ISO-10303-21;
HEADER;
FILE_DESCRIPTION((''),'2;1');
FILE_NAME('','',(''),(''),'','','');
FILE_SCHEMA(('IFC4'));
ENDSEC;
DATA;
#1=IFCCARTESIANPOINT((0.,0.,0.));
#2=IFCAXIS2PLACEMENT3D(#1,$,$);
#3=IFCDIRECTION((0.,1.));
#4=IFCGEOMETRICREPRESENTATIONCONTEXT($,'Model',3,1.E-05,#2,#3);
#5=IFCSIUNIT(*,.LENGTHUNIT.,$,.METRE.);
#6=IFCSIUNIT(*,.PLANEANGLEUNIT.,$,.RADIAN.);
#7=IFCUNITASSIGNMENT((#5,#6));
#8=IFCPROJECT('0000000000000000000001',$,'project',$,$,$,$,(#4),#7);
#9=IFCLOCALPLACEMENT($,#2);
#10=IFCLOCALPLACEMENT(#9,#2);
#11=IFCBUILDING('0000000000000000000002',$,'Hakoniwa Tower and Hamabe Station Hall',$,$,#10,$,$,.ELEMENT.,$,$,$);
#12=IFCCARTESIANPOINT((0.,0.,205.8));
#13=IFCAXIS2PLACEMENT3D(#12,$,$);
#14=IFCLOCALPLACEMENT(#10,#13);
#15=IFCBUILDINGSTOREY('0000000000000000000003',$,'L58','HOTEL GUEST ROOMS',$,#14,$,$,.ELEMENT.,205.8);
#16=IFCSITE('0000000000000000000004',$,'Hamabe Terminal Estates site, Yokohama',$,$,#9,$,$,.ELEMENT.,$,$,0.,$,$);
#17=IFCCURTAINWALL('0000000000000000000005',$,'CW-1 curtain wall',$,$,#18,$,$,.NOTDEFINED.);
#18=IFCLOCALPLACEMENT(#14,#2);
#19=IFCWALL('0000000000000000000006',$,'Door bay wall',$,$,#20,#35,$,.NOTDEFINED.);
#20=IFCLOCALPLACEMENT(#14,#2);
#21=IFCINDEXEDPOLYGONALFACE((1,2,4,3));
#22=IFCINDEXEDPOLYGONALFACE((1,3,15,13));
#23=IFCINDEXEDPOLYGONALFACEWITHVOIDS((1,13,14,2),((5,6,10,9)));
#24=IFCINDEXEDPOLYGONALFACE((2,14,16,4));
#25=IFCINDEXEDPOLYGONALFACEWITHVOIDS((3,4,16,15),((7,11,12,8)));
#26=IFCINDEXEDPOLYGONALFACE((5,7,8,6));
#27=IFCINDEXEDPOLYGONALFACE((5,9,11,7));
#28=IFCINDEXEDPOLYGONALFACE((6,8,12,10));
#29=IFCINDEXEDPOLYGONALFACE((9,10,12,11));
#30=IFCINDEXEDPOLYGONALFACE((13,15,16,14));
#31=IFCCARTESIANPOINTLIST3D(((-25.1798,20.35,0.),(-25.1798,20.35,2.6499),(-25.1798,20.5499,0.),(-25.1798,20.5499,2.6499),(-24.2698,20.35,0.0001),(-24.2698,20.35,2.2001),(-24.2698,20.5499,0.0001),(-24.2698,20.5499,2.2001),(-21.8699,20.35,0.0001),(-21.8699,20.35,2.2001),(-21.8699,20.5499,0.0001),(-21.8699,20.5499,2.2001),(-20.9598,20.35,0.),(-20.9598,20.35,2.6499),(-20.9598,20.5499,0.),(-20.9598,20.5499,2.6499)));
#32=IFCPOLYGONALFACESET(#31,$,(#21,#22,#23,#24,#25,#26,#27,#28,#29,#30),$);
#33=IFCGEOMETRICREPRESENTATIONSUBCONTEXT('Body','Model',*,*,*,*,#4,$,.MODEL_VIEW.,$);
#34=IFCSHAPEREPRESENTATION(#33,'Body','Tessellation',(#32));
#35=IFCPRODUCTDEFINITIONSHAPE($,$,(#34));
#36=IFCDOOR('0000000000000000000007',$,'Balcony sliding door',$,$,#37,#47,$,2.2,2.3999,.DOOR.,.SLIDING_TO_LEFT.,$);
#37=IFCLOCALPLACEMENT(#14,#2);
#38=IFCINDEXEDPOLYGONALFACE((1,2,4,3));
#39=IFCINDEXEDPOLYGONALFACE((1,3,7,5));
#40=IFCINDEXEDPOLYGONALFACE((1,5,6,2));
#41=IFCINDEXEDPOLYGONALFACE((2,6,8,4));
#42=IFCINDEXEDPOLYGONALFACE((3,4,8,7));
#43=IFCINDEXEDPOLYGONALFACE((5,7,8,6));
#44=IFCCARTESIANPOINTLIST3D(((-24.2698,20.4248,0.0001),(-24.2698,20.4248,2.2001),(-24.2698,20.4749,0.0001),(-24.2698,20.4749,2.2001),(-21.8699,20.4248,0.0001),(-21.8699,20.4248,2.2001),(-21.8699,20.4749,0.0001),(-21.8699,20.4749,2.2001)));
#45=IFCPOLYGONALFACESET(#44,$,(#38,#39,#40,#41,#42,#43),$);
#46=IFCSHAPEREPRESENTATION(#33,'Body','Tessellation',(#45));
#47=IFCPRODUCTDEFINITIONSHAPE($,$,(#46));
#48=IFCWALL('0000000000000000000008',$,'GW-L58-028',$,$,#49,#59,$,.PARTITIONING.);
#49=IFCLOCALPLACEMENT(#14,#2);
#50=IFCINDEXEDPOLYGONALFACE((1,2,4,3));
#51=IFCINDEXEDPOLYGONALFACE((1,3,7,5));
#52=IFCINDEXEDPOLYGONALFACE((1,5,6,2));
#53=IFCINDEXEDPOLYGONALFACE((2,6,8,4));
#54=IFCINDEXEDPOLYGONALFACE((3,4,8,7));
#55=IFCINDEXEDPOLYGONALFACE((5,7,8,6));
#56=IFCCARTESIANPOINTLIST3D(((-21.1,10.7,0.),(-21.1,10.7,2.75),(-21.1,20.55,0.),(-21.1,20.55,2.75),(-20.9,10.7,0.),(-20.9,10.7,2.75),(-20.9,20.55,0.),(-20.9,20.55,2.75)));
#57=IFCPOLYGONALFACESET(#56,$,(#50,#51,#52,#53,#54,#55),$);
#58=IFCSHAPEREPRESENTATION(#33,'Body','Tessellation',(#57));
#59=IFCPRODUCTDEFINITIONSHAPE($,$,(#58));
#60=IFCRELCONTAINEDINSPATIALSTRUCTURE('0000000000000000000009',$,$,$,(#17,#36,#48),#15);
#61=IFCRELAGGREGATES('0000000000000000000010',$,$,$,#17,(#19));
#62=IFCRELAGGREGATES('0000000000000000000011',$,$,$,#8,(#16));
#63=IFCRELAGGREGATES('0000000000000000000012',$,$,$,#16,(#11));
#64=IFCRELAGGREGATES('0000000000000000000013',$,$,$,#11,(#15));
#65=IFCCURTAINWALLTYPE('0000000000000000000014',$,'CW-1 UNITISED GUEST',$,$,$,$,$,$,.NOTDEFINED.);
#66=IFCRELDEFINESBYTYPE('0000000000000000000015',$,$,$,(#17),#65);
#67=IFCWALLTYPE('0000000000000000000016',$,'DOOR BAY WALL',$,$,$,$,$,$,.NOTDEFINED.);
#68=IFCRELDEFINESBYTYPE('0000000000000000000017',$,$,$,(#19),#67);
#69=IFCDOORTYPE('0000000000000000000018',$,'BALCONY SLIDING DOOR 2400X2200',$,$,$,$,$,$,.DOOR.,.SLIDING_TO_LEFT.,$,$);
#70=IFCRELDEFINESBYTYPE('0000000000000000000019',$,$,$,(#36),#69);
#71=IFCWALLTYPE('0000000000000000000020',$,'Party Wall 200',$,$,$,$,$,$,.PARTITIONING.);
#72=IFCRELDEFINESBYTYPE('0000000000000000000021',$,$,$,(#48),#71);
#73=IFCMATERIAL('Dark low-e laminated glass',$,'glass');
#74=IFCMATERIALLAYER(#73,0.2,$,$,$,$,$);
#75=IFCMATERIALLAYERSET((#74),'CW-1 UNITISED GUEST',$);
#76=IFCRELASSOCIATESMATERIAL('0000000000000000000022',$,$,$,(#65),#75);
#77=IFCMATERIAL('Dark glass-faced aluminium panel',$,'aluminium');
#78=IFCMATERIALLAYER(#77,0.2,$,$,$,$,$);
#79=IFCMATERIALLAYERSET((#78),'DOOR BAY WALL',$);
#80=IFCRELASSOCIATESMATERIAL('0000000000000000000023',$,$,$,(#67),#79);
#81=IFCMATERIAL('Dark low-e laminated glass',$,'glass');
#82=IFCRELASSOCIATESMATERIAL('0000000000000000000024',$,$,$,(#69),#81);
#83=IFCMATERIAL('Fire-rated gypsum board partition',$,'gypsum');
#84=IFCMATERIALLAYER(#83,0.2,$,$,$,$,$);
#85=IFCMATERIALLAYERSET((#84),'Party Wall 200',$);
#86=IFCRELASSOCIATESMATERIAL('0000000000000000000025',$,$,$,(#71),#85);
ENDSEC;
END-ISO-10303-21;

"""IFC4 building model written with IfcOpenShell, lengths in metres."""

from ifc_helpers import new_model, si_unit, direction, frame, frame_2d, origin, place, context, subcontext, project, spatial, rectangle, extrude, material, layer, layer_set, type_object, element, fill, aggregate, save


model = new_model("IFC4")

# Units and contexts
model_context = context("Model", 3, precision=1e-05, world=origin(), true_north=direction((0.0, 1.0)))
body_context = subcontext(model_context, "Body", "Model", "MODEL_VIEW")
ifc_project = project(units=[si_unit("LENGTHUNIT", "METRE"), si_unit("PLANEANGLEUNIT", "RADIAN")], contexts=[model_context])

# Site, building, storey
site_placement = place(None, origin())
site = spatial("IfcSite", under=ifc_project, at=site_placement, Name="Hamabe Terminal Estates site, Yokohama", CompositionType="ELEMENT", RefElevation=0.0)
building_placement = place(site_placement, origin())
building = spatial("IfcBuilding", under=site, at=building_placement, Name="Hakoniwa Tower and Hamabe Station Hall", CompositionType="ELEMENT")
storey_placement = place(building_placement, frame((0.0, 0.0, 205.8)))
storey = spatial("IfcBuildingStorey", under=building, at=storey_placement, Name="L58", Description="HOTEL GUEST ROOMS", CompositionType="ELEMENT", Elevation=205.8)

# Curtain wall
ifc_material_1 = material(Name="Dark low-e laminated glass", Category="glass")
ifc_layer_1 = layer(ifc_material_1, 0.2)
ifc_layer_set_1 = layer_set([ifc_layer_1], Name="CW-1 UNITISED GUEST")
curtain_wall_type = type_object("IfcCurtainWallType", Name="CW-1 UNITISED GUEST", PredefinedType="NOTDEFINED", material=ifc_layer_set_1)
curtain_wall_placement = place(storey_placement, origin())
curtain_wall = element("IfcCurtainWall", 1, at=curtain_wall_placement, inside=storey, type_object=curtain_wall_type, Name="CW-1 curtain wall", PredefinedType="NOTDEFINED")

# Wall, opening, door
ifc_material_2 = material(Name="Dark glass-faced aluminium panel", Category="aluminium")
ifc_layer_2 = layer(ifc_material_2, 0.2)
ifc_layer_set_2 = layer_set([ifc_layer_2], Name="DOOR BAY WALL")
wall_type_1 = type_object("IfcWallType", Name="DOOR BAY WALL", PredefinedType="NOTDEFINED", material=ifc_layer_set_2)
ifc_material_3 = material(Name="Dark low-e laminated glass", Category="glass")
door_type_1 = type_object("IfcDoorType", Name="BALCONY SLIDING DOOR 2400X2200", OperationType="SLIDING_TO_LEFT", PredefinedType="DOOR", material=ifc_material_3)
wall_1_placement = place(storey_placement, frame((-20.96, 20.45, 0.0), z_axis=(0.0, 0.0, 1.0), x_axis=(-1.0, 0.0, 0.0)))
wall_1 = element("IfcWall", 2, at=wall_1_placement, type_object=wall_type_1, Name="Door bay wall", PredefinedType="NOTDEFINED", context=body_context, shape_type="SweptSolid", body=[
    extrude(rectangle(XDim=4.22, YDim=0.2, at=frame_2d((2.1099, 0.0))), origin(), (0.0, 0.0, 1.0), 2.6499),
])
opening_1_placement = place(wall_1_placement, frame((0.9099, 0.0, 0.0)))
opening_1 = element("IfcOpeningElement", 3, at=opening_1_placement, cuts=wall_1, PredefinedType="OPENING", context=body_context, shape_type="SweptSolid", body=[
    extrude(rectangle(XDim=2.3999, YDim=2.2, at=frame_2d((1.2, 1.1001))), frame((0.0, 0.1099, 0.0), z_axis=(0.0, -1.0, 0.0), x_axis=(1.0, 0.0, 0.0)), (0.0, 0.0, 1.0), 0.22),
])
door_1_placement = place(opening_1_placement, frame((2.3999, 0.0, 0.0), z_axis=(0.0, 0.0, 1.0), x_axis=(-1.0, 0.0, 0.0)))
door_1 = element("IfcDoor", 4, at=door_1_placement, inside=storey, type_object=door_type_1, Name="Balcony sliding door", OperationType="SLIDING_TO_LEFT", OverallHeight=2.2, OverallWidth=2.3999, PredefinedType="DOOR", context=body_context, shape_type="SweptSolid", body=[
    extrude(rectangle(XDim=2.3999, YDim=2.2, at=frame_2d((1.2, 1.1001))), frame((0.0, 0.0249, 0.0), z_axis=(0.0, -1.0, 0.0), x_axis=(1.0, 0.0, 0.0)), (0.0, 0.0, 1.0), 0.05),
])
fill(opening_1, door_1)
aggregate(curtain_wall, [wall_1])

# Wall
ifc_material_4 = material(Name="Fire-rated gypsum board partition", Category="gypsum")
ifc_layer_3 = layer(ifc_material_4, 0.2)
ifc_layer_set_3 = layer_set([ifc_layer_3], Name="Party Wall 200")
wall_type_2 = type_object("IfcWallType", Name="Party Wall 200", PredefinedType="PARTITIONING", material=ifc_layer_set_3)
wall_2_placement = place(storey_placement, frame((-21.0, 10.7, 0.0), z_axis=(0.0, 0.0, 1.0), x_axis=(0.0, 1.0, 0.0)))
element("IfcWall", 5, at=wall_2_placement, inside=storey, type_object=wall_type_2, Name="GW-L58-028", PredefinedType="PARTITIONING", context=body_context, shape_type="SweptSolid", body=[
    extrude(rectangle(XDim=9.8501, YDim=0.2, at=frame_2d((4.925, 0.0))), origin(), (0.0, 0.0, 1.0), 2.75),
])

save(model, "model.ifc")
